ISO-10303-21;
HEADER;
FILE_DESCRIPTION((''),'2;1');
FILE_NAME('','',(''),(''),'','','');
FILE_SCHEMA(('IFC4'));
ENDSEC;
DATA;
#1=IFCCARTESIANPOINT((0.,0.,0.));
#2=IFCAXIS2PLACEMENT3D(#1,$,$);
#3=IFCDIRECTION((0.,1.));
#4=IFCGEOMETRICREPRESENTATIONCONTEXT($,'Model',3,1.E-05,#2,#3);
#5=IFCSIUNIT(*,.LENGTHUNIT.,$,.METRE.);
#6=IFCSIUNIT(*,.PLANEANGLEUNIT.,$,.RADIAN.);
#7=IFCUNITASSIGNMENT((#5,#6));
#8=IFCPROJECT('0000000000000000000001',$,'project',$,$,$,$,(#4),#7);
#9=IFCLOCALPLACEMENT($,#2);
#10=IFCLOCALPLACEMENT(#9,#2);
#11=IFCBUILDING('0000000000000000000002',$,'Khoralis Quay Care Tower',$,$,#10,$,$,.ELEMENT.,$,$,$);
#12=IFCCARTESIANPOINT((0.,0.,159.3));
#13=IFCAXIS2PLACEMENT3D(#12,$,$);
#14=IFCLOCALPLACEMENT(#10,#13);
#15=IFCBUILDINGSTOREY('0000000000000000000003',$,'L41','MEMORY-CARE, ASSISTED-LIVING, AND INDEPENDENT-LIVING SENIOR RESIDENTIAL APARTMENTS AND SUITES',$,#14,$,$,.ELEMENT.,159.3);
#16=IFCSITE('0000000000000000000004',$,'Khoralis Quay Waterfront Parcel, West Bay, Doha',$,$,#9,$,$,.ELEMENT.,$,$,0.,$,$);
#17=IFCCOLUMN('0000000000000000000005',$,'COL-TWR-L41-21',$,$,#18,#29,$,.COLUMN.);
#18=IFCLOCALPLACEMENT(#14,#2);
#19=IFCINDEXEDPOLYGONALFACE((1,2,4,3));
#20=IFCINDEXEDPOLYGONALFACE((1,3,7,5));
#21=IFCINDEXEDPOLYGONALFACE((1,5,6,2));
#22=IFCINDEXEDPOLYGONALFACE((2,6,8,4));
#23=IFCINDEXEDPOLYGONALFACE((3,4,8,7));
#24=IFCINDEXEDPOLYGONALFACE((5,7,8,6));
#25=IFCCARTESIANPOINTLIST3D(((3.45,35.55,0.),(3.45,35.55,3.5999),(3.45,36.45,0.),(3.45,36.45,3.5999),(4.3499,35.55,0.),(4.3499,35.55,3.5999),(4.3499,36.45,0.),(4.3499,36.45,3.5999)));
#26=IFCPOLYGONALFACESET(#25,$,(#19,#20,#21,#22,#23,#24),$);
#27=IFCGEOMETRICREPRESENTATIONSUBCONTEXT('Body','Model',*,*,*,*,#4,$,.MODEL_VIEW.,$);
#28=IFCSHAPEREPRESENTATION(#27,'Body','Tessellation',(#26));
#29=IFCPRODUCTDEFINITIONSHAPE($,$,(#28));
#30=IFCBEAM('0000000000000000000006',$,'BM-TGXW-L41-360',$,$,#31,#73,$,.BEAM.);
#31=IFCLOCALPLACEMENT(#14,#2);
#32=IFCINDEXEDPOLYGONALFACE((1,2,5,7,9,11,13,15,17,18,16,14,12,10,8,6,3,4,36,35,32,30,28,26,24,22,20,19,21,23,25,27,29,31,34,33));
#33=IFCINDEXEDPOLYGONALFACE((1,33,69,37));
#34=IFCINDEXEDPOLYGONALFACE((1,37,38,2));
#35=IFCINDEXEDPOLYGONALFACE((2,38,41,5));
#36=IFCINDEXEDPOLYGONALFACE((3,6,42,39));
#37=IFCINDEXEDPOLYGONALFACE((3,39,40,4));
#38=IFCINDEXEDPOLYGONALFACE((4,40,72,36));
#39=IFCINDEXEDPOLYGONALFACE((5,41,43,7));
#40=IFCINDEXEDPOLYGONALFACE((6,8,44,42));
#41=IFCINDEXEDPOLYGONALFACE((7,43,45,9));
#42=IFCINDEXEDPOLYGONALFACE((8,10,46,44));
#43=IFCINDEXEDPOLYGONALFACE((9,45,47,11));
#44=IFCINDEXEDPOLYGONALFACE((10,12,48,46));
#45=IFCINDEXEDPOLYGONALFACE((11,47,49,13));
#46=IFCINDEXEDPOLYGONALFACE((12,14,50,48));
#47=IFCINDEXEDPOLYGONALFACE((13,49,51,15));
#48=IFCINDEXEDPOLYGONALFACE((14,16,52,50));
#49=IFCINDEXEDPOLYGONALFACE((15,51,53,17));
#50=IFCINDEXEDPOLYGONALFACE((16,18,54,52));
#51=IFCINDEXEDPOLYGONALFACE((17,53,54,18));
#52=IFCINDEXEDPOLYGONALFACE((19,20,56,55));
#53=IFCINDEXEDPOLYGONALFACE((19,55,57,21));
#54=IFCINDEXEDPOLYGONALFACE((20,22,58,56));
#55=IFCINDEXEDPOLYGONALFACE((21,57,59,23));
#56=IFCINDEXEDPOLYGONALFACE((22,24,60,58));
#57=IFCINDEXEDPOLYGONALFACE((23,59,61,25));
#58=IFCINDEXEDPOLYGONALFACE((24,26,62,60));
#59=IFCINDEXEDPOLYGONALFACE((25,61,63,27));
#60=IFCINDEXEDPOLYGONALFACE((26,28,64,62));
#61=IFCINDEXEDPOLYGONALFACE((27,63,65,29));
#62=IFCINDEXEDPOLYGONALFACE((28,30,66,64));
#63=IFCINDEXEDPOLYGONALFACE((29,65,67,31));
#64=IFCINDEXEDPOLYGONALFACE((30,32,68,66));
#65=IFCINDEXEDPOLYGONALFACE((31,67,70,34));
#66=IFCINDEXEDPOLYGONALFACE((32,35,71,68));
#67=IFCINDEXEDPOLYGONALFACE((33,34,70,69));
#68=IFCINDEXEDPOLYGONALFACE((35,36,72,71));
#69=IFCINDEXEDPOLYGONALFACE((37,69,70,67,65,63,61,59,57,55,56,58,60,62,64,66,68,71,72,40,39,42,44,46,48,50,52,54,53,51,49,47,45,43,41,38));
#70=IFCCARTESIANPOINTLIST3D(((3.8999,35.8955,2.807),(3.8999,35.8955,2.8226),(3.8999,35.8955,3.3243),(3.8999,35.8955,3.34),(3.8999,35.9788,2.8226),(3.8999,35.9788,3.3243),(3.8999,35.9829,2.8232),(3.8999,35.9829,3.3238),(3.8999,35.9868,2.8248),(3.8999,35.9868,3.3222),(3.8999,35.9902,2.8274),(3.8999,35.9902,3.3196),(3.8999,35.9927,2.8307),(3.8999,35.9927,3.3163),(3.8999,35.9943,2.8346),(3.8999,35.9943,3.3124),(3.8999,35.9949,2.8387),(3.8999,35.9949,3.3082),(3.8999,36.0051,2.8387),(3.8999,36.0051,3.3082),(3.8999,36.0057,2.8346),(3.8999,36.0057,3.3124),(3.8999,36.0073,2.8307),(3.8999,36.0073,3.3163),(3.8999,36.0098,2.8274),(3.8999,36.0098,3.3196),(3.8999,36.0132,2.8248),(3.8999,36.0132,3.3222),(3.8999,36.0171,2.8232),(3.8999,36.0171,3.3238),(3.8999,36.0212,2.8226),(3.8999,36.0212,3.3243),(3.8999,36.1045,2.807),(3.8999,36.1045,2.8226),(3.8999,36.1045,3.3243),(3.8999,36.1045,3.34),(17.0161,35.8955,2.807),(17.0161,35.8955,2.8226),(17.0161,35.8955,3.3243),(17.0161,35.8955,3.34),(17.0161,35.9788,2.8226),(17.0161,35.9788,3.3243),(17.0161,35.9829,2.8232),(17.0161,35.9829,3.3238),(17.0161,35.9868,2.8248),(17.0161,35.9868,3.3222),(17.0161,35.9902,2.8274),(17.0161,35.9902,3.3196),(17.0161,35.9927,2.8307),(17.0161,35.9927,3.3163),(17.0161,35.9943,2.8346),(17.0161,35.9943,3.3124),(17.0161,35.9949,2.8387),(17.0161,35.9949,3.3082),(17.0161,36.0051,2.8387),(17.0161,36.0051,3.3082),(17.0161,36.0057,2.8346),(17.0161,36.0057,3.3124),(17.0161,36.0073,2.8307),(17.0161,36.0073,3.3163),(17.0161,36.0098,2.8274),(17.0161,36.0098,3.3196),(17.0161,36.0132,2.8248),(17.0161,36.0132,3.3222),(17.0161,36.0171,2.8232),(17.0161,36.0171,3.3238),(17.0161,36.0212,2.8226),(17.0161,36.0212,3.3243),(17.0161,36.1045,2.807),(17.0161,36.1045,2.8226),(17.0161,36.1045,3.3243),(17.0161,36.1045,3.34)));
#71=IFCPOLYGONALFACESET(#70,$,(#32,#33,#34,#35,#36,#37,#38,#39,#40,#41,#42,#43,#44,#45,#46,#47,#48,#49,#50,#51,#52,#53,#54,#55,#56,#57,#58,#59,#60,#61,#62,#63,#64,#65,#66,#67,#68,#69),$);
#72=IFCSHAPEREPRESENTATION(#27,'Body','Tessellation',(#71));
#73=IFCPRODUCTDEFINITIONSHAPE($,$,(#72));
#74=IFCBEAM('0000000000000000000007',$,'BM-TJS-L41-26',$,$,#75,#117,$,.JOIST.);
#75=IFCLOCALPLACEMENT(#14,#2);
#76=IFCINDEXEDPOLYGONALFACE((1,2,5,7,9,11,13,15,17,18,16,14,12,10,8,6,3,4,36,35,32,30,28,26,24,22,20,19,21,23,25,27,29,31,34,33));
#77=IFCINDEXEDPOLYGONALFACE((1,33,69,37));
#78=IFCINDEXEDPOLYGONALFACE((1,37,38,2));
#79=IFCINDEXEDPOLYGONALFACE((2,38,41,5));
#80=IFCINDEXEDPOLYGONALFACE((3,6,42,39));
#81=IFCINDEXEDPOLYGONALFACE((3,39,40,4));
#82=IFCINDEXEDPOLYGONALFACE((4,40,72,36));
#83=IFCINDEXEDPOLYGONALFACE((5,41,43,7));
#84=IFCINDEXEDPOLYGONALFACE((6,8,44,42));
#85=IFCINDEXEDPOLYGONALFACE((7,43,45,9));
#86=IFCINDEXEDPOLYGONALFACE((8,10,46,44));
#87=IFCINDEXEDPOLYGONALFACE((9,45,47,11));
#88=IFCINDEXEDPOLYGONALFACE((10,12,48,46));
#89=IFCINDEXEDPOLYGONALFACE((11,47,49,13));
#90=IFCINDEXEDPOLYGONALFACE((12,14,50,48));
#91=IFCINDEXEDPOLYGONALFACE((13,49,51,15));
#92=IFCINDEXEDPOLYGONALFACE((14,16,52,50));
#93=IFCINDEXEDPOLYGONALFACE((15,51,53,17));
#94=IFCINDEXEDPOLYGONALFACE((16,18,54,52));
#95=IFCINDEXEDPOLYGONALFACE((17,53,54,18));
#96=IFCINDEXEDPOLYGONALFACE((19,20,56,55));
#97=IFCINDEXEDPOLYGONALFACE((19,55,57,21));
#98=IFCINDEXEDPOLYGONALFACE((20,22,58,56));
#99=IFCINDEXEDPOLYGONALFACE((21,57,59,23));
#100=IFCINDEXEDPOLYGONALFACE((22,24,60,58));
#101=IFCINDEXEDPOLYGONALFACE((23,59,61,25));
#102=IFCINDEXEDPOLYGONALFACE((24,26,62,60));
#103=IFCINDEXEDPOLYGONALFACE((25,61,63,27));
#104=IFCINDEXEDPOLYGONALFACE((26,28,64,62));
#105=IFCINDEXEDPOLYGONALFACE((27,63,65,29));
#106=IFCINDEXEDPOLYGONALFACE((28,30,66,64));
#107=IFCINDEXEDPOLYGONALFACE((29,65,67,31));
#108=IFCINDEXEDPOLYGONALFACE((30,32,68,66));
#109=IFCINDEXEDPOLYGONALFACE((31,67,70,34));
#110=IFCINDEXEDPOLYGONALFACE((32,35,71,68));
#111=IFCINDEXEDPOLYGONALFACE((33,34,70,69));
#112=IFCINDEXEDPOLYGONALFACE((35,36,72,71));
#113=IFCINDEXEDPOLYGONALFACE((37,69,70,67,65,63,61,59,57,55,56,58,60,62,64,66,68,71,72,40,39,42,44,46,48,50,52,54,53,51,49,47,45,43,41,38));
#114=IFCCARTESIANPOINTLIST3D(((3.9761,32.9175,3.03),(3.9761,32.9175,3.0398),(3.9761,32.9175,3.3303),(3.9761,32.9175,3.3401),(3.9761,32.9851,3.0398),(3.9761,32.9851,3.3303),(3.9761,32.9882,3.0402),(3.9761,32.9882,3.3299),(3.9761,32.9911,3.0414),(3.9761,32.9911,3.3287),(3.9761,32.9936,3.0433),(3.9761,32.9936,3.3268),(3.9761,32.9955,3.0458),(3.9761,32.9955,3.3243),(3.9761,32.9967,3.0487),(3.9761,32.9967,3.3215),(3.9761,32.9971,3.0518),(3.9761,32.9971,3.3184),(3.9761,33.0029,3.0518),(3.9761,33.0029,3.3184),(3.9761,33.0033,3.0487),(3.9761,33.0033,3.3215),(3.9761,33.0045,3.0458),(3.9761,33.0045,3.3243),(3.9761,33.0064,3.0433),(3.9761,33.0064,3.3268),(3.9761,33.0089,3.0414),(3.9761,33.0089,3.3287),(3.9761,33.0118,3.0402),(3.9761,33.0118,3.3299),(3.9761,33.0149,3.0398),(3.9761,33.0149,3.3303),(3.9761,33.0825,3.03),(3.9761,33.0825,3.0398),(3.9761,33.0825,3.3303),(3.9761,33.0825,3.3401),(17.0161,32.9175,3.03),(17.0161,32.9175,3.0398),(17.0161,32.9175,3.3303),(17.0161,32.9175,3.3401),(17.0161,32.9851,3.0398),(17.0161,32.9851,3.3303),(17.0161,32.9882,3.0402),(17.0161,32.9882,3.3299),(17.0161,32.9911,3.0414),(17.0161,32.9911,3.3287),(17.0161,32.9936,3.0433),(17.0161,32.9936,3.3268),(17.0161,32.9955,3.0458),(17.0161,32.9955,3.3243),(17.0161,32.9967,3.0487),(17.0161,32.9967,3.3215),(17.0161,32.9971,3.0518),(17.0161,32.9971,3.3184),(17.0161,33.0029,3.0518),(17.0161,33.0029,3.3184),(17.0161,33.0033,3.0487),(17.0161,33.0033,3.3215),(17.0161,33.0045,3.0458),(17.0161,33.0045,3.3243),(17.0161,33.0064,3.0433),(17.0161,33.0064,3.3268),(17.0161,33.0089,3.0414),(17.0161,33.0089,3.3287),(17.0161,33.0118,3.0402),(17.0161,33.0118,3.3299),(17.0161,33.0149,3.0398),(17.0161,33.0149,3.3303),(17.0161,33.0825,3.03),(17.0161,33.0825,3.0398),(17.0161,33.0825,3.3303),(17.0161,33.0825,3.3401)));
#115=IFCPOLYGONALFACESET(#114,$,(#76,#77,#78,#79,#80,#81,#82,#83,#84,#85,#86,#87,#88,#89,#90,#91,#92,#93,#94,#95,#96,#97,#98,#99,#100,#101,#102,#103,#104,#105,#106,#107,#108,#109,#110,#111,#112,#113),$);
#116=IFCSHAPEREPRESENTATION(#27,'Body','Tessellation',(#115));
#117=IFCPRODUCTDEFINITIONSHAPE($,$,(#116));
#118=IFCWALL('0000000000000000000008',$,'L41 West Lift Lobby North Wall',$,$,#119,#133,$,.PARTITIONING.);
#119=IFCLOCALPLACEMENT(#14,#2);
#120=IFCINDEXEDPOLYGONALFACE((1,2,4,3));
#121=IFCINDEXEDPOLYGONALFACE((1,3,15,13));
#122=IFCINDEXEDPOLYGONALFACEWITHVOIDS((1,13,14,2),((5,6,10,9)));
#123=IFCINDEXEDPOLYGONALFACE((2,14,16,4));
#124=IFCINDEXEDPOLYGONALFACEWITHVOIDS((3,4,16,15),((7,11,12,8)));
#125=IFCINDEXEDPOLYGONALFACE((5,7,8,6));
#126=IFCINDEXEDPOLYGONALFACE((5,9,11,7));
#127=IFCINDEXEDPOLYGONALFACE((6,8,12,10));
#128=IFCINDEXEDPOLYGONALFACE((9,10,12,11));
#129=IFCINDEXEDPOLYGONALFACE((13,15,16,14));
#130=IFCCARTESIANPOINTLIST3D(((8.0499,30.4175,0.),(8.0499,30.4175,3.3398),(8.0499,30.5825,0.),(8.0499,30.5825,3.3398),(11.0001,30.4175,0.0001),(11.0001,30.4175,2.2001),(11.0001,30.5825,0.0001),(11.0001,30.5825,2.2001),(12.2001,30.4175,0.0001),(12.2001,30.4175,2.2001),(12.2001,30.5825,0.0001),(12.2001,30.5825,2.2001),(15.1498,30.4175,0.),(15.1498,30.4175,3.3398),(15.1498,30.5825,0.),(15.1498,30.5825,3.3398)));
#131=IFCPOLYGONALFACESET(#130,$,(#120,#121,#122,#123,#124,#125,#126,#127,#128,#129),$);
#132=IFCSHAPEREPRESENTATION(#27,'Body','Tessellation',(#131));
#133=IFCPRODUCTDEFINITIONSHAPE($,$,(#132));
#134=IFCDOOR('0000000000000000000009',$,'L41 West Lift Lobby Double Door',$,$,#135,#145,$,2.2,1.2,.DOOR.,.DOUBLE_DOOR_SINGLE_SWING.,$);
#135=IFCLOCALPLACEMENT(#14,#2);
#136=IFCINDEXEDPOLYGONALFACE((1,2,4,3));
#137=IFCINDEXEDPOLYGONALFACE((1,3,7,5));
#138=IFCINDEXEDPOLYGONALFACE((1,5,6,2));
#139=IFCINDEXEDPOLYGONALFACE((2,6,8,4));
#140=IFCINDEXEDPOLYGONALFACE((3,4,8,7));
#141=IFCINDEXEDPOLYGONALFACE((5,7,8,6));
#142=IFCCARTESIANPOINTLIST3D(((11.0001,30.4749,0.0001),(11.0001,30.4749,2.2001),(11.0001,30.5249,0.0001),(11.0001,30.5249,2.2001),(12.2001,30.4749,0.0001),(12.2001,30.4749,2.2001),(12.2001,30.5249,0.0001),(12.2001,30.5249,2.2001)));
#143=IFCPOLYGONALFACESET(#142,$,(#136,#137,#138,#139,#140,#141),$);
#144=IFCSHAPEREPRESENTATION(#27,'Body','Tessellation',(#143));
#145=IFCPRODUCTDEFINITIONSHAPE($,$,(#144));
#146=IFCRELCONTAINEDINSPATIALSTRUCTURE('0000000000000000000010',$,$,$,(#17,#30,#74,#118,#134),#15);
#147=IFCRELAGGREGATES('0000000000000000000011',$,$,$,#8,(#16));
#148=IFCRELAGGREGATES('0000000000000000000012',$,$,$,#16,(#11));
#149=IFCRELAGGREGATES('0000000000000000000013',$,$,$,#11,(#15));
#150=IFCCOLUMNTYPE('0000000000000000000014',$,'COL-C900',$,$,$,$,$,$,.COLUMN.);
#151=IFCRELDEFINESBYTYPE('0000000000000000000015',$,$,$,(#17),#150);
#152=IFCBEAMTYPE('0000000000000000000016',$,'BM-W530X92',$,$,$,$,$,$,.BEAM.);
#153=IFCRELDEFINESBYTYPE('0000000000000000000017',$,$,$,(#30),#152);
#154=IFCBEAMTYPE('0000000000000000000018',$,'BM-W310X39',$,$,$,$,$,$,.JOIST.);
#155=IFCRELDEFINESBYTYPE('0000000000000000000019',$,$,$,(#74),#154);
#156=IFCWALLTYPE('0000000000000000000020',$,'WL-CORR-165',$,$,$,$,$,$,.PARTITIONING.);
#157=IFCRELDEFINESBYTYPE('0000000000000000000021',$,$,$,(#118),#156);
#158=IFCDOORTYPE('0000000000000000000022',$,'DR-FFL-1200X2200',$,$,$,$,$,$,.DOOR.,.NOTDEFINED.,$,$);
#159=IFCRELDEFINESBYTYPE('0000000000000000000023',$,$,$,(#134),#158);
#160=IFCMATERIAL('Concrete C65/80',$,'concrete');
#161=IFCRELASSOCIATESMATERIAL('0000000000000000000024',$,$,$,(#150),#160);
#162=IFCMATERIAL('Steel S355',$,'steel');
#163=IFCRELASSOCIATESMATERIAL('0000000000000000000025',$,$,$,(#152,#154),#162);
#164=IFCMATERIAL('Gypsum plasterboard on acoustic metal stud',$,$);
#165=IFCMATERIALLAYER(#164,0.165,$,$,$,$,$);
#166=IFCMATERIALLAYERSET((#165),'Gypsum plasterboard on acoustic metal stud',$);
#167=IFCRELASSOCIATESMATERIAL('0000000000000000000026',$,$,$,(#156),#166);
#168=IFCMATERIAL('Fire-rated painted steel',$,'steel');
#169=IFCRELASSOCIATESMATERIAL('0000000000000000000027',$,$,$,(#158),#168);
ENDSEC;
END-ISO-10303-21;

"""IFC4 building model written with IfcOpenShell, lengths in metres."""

from ifc_helpers import new_model, si_unit, direction, frame, frame_2d, origin, origin_2d, place, context, subcontext, project, spatial, rectangle, i_section, extrude, source, transform, mapped, material, layer, layer_set, material_profile, profile_set, type_object, element, fill, save


model = new_model("IFC4")

# Units and contexts
model_context = context("Model", 3, precision=1e-05, world=origin(), true_north=direction((0.0, 1.0)))
body_context = subcontext(model_context, "Body", "Model", "MODEL_VIEW")
ifc_project = project(units=[si_unit("LENGTHUNIT", "METRE"), si_unit("PLANEANGLEUNIT", "RADIAN")], contexts=[model_context])

# Site, building, storey
site_placement = place(None, origin())
site = spatial("IfcSite", under=ifc_project, at=site_placement, Name="Khoralis Quay Waterfront Parcel, West Bay, Doha", CompositionType="ELEMENT", RefElevation=0.0)
building_placement = place(site_placement, origin())
building = spatial("IfcBuilding", under=site, at=building_placement, Name="Khoralis Quay Care Tower", CompositionType="ELEMENT")
storey_placement = place(building_placement, frame((0.0, 0.0, 159.3)))
storey = spatial("IfcBuildingStorey", under=building, at=storey_placement, Name="L41", Description="MEMORY-CARE, ASSISTED-LIVING, AND INDEPENDENT-LIVING SENIOR RESIDENTIAL APARTMENTS AND SUITES", CompositionType="ELEMENT", Elevation=159.3)

# Column
ifc_material_1 = material(Name="Concrete C65/80", Category="concrete")
ifc_material_profile_1 = material_profile(ifc_material_1, rectangle(XDim=0.8999, YDim=0.8999, at=origin_2d()), Name="Concrete C65/80")
ifc_profile_set_1 = profile_set([ifc_material_profile_1], Name="Concrete C65/80")
column_type = type_object("IfcColumnType", Name="COL-C900", PredefinedType="COLUMN", material=ifc_profile_set_1)
shared_shape_1 = source(origin(), body_context, "Body", "SweptSolid", [
    extrude(rectangle(XDim=0.8999, YDim=0.8999, at=origin_2d()), origin(), (0.0, 0.0, 1.0), 3.5999),
])
column_placement = place(storey_placement, frame((3.8999, 36.0, 0.0), z_axis=(0.0, 0.0, 1.0), x_axis=(1.0, 0.0, 0.0)))
element("IfcColumn", 1, at=column_placement, inside=storey, type_object=column_type, Name="COL-TWR-L41-21", PredefinedType="COLUMN", context=body_context, shape_type="MappedRepresentation", body=[
    mapped(shared_shape_1, transform((0.0, 0.0, 0.0), scale=1.0)),
])

# Beams
ifc_material_2 = material(Name="Steel S355", Category="steel")
ifc_material_profile_2 = material_profile(ifc_material_2, i_section(OverallWidth=0.209, OverallDepth=0.533, WebThickness=0.0103, FlangeThickness=0.0156, FilletRadius=0.0161, at=origin_2d()), Name="Steel S355")
ifc_profile_set_2 = profile_set([ifc_material_profile_2], Name="Steel S355")
beam_type_1 = type_object("IfcBeamType", Name="BM-W530X92", PredefinedType="BEAM", material=ifc_profile_set_2)
shared_shape_2 = source(origin(), body_context, "Body", "SweptSolid", [
    extrude(i_section(OverallWidth=0.209, OverallDepth=0.533, WebThickness=0.0103, FlangeThickness=0.0156, FilletRadius=0.0161, at=origin_2d()), origin(), (0.0, 0.0, 1.0), 13.1162),
])
beam_1_placement = place(storey_placement, frame((3.8999, 36.0, 3.0735), z_axis=(1.0, 0.0, 0.0), x_axis=(0.0, 1.0, 0.0)))
element("IfcBeam", 2, at=beam_1_placement, inside=storey, type_object=beam_type_1, Name="BM-TGXW-L41-360", PredefinedType="BEAM", context=body_context, shape_type="MappedRepresentation", body=[
    mapped(shared_shape_2, transform((0.0, 0.0, 0.0), scale=1.0)),
])
ifc_material_profile_3 = material_profile(ifc_material_2, i_section(OverallWidth=0.165, OverallDepth=0.3101, WebThickness=0.0059, FlangeThickness=0.0098, FilletRadius=0.012, at=origin_2d()), Name="Steel S355")
ifc_profile_set_3 = profile_set([ifc_material_profile_3], Name="Steel S355")
beam_type_2 = type_object("IfcBeamType", Name="BM-W310X39", PredefinedType="JOIST", material=ifc_profile_set_3)
shared_shape_3 = source(origin(), body_context, "Body", "SweptSolid", [
    extrude(i_section(OverallWidth=0.165, OverallDepth=0.3101, WebThickness=0.0059, FlangeThickness=0.0098, FilletRadius=0.012, at=origin_2d()), origin(), (0.0, 0.0, 1.0), 13.04),
])
beam_2_placement = place(storey_placement, frame((3.9761, 33.0, 3.1851), z_axis=(1.0, 0.0, 0.0), x_axis=(0.0, 1.0, 0.0)))
element("IfcBeam", 3, at=beam_2_placement, inside=storey, type_object=beam_type_2, Name="BM-TJS-L41-26", PredefinedType="JOIST", context=body_context, shape_type="MappedRepresentation", body=[
    mapped(shared_shape_3, transform((0.0, 0.0, 0.0), scale=1.0)),
])

# Wall, opening, door
ifc_material_3 = material(Name="Gypsum plasterboard on acoustic metal stud")
ifc_layer_1 = layer(ifc_material_3, 0.165)
ifc_layer_set_1 = layer_set([ifc_layer_1], Name="Gypsum plasterboard on acoustic metal stud")
wall_type_1 = type_object("IfcWallType", Name="WL-CORR-165", PredefinedType="PARTITIONING", material=ifc_layer_set_1)
wall_1_placement = place(storey_placement, frame((8.05, 30.5, 0.0), z_axis=(0.0, 0.0, 1.0), x_axis=(1.0, 0.0, 0.0)))
wall_1 = element("IfcWall", 4, at=wall_1_placement, inside=storey, type_object=wall_type_1, Name="L41 West Lift Lobby North Wall", PredefinedType="PARTITIONING", context=body_context, shape_type="SweptSolid", body=[
    extrude(rectangle(XDim=7.0999, YDim=0.165, at=frame_2d((3.5498, 0.0))), origin(), (0.0, 0.0, 1.0), 3.3398),
])
opening_1_placement = place(wall_1_placement, frame((2.95, 0.0, 0.0)))
opening_1 = element("IfcOpeningElement", 5, at=opening_1_placement, cuts=wall_1, PredefinedType="OPENING", context=body_context, shape_type="SweptSolid", body=[
    extrude(rectangle(XDim=1.2, YDim=2.2, at=frame_2d((0.6001, 1.1001))), frame((0.0, 0.0925, 0.0), z_axis=(0.0, -1.0, 0.0), x_axis=(1.0, 0.0, 0.0)), (0.0, 0.0, 1.0), 0.1851),
])
ifc_material_4 = material(Name="Fire-rated painted steel", Category="steel")
door_type_1 = type_object("IfcDoorType", Name="DR-FFL-1200X2200", OperationType="NOTDEFINED", PredefinedType="DOOR", material=ifc_material_4)
shared_shape_4 = source(origin(), body_context, "Body", "SweptSolid", [
    extrude(rectangle(XDim=1.2, YDim=2.2, at=frame_2d((0.6001, 1.1001))), frame((0.0, 0.0249, 0.0), z_axis=(0.0, -1.0, 0.0), x_axis=(1.0, 0.0, 0.0)), (0.0, 0.0, 1.0), 0.05),
])
door_1_placement = place(opening_1_placement, origin())
door_1 = element("IfcDoor", 6, at=door_1_placement, inside=storey, type_object=door_type_1, Name="L41 West Lift Lobby Double Door", OperationType="DOUBLE_DOOR_SINGLE_SWING", OverallHeight=2.2, OverallWidth=1.2, PredefinedType="DOOR", context=body_context, shape_type="MappedRepresentation", body=[
    mapped(shared_shape_4, transform((0.0, 0.0, 0.0), scale=1.0)),
])
fill(opening_1, door_1)

save(model, "model.ifc")
